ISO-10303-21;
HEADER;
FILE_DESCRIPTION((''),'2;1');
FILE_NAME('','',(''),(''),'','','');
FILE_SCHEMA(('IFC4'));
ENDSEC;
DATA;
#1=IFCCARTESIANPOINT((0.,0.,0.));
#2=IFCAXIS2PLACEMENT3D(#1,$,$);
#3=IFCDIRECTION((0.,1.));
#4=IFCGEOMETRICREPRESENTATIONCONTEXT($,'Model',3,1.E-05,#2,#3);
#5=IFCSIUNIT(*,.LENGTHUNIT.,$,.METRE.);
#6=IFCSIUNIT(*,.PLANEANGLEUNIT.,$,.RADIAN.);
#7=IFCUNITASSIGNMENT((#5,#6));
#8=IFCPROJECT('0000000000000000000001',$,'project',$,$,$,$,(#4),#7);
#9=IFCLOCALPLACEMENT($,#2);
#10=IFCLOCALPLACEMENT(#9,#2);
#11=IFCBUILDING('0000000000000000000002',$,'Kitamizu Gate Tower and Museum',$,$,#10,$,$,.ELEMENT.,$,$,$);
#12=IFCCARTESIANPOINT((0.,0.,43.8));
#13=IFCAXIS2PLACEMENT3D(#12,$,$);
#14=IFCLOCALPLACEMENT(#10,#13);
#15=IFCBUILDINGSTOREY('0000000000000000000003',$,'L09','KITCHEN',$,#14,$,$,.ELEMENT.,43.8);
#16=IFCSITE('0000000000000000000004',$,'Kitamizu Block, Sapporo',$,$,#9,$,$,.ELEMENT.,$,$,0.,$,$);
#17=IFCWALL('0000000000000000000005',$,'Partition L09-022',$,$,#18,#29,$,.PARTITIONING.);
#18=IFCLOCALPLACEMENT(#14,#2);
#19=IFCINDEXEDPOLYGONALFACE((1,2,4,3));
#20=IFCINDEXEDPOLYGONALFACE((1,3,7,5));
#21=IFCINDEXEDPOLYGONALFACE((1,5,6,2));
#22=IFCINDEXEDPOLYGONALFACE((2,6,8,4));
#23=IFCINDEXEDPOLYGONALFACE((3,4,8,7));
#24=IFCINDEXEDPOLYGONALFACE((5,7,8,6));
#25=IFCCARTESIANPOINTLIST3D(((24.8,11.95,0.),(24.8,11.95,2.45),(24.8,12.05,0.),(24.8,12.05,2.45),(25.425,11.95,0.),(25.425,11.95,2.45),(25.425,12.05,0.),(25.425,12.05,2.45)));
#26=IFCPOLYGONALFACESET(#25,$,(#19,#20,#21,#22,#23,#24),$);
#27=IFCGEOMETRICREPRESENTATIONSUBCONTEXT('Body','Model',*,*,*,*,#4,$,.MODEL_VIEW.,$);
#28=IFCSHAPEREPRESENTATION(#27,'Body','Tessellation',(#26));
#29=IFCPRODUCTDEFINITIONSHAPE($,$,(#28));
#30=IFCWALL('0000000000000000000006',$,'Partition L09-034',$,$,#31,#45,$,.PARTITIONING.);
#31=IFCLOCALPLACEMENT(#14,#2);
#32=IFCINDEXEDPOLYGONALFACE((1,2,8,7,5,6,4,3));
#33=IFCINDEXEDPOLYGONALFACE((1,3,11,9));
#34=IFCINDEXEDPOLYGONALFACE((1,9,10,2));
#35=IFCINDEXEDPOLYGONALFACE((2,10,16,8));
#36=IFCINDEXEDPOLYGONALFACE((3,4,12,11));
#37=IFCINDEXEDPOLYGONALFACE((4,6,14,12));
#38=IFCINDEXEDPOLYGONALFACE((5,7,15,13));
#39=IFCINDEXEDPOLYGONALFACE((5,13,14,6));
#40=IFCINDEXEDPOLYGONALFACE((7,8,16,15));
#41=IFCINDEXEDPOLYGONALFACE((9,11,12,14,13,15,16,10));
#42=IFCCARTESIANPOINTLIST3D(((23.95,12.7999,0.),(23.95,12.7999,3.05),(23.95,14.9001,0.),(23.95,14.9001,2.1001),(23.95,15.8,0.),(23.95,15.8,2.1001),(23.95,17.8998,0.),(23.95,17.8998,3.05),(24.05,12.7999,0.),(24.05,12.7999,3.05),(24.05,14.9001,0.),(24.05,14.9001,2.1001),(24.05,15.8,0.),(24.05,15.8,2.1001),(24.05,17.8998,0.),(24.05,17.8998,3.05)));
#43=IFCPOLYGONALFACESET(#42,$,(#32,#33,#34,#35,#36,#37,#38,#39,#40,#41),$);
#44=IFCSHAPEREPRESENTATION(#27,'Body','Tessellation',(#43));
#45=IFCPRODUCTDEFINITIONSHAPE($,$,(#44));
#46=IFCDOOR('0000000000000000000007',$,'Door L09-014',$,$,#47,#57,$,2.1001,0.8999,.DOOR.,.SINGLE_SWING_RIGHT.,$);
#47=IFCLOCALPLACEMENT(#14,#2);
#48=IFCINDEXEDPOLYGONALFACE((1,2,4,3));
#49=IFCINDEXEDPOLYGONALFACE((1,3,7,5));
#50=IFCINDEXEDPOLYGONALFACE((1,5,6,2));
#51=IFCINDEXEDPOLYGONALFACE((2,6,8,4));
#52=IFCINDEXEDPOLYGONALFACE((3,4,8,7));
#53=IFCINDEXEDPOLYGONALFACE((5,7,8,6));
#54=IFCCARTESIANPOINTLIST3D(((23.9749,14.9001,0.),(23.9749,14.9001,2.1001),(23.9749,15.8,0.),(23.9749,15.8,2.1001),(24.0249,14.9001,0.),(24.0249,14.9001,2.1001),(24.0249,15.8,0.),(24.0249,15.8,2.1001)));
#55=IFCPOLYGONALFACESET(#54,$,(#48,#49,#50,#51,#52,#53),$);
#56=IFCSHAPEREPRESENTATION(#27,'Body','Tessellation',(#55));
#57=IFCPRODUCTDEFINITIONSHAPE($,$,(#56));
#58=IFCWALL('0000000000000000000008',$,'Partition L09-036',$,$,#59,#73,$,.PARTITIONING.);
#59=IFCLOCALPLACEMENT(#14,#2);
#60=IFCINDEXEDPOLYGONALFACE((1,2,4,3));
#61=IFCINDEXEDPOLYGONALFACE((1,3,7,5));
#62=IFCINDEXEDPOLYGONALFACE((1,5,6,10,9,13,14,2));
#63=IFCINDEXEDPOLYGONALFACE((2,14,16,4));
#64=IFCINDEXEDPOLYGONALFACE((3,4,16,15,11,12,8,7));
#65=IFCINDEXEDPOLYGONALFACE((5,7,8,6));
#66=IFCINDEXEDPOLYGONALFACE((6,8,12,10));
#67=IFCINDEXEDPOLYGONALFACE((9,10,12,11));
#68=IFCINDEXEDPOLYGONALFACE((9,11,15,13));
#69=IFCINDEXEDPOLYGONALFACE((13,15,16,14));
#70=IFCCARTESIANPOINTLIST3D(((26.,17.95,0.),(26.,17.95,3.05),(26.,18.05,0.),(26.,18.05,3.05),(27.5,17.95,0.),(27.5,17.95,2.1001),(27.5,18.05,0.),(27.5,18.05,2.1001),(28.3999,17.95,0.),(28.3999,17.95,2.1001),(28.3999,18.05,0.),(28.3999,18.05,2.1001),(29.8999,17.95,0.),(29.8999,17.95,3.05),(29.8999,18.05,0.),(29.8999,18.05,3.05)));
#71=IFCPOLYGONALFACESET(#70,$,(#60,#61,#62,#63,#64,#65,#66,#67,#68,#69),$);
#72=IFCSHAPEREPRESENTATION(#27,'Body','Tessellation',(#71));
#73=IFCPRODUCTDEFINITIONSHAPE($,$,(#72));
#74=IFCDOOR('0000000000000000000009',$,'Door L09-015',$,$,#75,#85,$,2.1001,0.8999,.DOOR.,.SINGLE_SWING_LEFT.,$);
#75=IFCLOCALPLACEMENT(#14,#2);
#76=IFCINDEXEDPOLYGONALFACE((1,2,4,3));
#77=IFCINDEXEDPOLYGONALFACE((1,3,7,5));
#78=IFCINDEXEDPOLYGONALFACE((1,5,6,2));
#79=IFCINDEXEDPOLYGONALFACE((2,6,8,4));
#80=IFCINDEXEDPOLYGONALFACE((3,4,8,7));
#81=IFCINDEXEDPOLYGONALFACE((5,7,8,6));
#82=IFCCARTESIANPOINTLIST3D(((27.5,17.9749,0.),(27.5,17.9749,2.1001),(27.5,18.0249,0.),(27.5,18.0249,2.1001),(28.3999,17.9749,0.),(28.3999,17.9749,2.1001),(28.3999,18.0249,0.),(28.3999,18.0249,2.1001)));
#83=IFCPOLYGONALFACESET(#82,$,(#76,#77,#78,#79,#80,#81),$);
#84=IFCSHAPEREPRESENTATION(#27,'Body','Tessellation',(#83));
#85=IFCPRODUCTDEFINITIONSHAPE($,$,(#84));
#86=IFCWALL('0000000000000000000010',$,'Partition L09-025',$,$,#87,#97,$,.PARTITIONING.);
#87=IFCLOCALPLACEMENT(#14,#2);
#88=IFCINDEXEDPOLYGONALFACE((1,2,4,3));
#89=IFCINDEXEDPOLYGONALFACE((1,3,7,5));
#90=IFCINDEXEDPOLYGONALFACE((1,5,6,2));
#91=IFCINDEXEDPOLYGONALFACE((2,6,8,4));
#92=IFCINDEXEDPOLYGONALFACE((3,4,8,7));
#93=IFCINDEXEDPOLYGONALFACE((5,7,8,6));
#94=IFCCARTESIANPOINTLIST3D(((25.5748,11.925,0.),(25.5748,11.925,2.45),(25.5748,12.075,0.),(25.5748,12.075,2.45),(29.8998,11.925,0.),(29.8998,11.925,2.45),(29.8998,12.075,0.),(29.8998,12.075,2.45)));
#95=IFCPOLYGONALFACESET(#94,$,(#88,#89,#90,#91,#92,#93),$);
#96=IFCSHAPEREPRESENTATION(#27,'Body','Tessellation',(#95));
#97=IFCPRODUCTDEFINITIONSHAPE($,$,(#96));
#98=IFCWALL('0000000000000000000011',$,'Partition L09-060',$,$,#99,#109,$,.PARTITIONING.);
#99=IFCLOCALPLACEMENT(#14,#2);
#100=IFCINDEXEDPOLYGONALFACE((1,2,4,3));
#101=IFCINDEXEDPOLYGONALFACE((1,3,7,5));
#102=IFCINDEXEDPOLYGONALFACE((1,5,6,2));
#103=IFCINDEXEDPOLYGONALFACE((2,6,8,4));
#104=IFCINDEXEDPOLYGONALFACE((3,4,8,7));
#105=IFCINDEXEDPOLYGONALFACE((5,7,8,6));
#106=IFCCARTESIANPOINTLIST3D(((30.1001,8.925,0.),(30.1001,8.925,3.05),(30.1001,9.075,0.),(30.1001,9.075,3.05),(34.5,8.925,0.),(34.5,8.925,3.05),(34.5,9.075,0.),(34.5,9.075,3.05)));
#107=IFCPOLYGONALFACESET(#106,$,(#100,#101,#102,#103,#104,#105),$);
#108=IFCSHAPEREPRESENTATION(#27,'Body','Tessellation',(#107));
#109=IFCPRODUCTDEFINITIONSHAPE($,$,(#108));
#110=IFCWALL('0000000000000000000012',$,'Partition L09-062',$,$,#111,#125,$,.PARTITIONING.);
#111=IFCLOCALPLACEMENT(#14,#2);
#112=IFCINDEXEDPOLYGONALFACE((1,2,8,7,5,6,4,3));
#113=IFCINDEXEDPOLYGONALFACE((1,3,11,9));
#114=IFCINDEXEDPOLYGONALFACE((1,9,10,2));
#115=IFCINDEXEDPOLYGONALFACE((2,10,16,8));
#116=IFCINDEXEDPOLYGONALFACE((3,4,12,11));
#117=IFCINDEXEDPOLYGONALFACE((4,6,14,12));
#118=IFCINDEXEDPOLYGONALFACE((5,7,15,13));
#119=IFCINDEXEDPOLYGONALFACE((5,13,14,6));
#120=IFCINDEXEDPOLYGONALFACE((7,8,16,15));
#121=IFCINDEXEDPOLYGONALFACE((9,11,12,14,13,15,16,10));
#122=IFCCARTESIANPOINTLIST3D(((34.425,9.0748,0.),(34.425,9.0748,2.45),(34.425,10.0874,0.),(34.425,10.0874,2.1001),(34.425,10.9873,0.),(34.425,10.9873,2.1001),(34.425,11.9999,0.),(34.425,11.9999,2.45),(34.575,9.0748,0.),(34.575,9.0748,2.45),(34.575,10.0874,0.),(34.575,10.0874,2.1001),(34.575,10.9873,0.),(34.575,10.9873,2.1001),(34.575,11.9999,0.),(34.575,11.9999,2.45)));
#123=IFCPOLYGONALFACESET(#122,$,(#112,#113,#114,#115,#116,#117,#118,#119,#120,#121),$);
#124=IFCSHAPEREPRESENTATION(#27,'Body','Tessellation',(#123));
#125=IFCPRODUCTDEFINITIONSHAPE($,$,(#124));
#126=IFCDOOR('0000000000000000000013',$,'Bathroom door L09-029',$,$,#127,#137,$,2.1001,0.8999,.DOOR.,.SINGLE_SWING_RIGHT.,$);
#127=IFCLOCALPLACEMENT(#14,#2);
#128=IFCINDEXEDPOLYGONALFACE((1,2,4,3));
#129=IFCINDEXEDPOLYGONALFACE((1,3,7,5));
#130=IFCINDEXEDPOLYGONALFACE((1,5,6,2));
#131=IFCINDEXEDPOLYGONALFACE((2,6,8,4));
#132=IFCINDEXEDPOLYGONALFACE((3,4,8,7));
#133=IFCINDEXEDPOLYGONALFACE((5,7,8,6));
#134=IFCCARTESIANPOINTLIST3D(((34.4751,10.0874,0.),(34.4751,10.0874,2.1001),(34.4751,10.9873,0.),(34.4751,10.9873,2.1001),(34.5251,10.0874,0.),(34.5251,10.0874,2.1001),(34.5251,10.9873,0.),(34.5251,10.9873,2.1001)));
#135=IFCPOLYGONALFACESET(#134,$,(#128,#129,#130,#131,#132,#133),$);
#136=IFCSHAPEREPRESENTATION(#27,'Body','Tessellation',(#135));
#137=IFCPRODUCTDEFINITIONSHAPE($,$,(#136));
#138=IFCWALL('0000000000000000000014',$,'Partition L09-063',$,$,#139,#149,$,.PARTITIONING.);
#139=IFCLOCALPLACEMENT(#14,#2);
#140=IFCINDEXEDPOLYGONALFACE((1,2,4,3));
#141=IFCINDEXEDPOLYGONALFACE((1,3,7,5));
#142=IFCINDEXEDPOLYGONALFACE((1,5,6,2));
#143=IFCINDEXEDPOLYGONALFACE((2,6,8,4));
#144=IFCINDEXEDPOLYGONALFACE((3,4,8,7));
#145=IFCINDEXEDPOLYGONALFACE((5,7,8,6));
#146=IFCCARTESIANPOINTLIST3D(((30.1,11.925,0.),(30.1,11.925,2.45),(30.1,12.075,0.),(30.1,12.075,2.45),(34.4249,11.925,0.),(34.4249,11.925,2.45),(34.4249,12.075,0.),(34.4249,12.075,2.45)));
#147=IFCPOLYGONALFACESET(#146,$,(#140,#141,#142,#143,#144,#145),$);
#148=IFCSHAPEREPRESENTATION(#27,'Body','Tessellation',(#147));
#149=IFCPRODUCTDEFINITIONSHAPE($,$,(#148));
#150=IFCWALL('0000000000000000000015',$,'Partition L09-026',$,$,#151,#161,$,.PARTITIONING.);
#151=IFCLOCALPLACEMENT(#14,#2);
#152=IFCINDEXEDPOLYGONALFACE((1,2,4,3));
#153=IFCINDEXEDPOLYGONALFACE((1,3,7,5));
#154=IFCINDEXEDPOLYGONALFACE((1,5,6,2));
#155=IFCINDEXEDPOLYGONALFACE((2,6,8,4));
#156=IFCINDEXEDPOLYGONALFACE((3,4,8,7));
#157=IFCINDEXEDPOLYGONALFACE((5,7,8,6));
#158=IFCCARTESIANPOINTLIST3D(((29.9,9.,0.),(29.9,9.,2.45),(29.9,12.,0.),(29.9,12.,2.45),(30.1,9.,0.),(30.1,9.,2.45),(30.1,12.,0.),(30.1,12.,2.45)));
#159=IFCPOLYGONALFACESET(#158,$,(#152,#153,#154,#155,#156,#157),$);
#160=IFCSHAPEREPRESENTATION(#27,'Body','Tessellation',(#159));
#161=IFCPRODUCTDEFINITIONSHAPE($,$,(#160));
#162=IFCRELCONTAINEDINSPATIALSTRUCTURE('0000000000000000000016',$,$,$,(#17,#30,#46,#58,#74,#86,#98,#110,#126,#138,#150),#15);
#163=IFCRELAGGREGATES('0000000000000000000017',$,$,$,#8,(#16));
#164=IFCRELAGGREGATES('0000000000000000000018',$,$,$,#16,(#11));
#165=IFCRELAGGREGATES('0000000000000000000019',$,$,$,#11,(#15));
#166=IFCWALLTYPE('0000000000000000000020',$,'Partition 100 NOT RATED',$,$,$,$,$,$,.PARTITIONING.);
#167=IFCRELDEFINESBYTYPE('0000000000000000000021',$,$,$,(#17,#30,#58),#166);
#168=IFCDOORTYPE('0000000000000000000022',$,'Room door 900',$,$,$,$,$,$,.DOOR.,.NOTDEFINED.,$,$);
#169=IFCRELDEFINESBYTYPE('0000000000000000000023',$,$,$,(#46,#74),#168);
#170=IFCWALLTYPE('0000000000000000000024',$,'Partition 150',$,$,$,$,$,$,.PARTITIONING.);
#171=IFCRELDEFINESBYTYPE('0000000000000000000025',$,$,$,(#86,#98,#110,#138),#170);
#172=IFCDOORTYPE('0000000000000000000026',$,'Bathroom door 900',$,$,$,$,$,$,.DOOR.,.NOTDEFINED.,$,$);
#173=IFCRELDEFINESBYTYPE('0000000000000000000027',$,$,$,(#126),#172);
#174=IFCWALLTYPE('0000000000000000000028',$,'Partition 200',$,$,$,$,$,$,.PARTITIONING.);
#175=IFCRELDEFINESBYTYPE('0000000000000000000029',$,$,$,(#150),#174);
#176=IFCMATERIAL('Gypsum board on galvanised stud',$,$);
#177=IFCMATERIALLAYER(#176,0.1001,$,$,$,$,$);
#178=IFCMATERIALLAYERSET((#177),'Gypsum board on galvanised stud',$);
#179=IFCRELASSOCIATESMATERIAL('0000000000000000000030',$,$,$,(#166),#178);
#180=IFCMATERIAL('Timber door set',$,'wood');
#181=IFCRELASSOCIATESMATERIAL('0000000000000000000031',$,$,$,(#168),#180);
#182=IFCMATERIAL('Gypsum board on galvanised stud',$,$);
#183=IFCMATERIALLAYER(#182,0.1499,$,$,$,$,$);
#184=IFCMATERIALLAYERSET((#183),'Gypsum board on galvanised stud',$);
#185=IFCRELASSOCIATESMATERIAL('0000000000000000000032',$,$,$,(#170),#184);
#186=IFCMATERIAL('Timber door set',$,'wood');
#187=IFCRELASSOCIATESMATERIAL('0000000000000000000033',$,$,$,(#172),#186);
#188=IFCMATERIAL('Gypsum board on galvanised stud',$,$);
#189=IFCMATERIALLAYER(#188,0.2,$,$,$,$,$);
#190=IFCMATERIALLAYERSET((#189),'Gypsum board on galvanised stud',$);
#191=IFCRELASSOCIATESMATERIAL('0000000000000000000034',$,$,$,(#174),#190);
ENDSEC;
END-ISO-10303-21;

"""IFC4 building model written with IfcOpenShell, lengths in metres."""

from ifc_helpers import new_model, si_unit, direction, frame, frame_2d, origin, place, context, subcontext, project, spatial, rectangle, extrude, material, layer, layer_set, type_object, element, fill, save


model = new_model("IFC4")

# Units and contexts
model_context = context("Model", 3, precision=1e-05, world=origin(), true_north=direction((0.0, 1.0)))
body_context = subcontext(model_context, "Body", "Model", "MODEL_VIEW")
ifc_project = project(units=[si_unit("LENGTHUNIT", "METRE"), si_unit("PLANEANGLEUNIT", "RADIAN")], contexts=[model_context])

# Site, building, storey
site_placement = place(None, origin())
site = spatial("IfcSite", under=ifc_project, at=site_placement, Name="Kitamizu Block, Sapporo", CompositionType="ELEMENT", RefElevation=0.0)
building_placement = place(site_placement, origin())
building = spatial("IfcBuilding", under=site, at=building_placement, Name="Kitamizu Gate Tower and Museum", CompositionType="ELEMENT")
storey_placement = place(building_placement, frame((0.0, 0.0, 43.8)))
storey = spatial("IfcBuildingStorey", under=building, at=storey_placement, Name="L09", Description="KITCHEN", CompositionType="ELEMENT", Elevation=43.8)

# Wall
ifc_material_1 = material(Name="Gypsum board on galvanised stud")
ifc_layer_1 = layer(ifc_material_1, 0.1001)
ifc_layer_set_1 = layer_set([ifc_layer_1], Name="Gypsum board on galvanised stud")
wall_type_1 = type_object("IfcWallType", Name="Partition 100 NOT RATED", PredefinedType="PARTITIONING", material=ifc_layer_set_1)
wall_1_placement = place(storey_placement, frame((25.425, 12.0, 0.0), z_axis=(0.0, 0.0, 1.0), x_axis=(-1.0, 0.0, 0.0)))
element("IfcWall", 1, at=wall_1_placement, inside=storey, type_object=wall_type_1, Name="Partition L09-022", PredefinedType="PARTITIONING", context=body_context, shape_type="SweptSolid", body=[
    extrude(rectangle(XDim=0.625, YDim=0.1001, at=frame_2d((0.3125, 0.0))), origin(), (0.0, 0.0, 1.0), 2.45),
])

# Walls, openings, doors
wall_2_placement = place(storey_placement, frame((24.0, 12.8, 0.0), z_axis=(0.0, 0.0, 1.0), x_axis=(0.0, 1.0, 0.0)))
wall_2 = element("IfcWall", 2, at=wall_2_placement, inside=storey, type_object=wall_type_1, Name="Partition L09-034", PredefinedType="PARTITIONING", context=body_context, shape_type="SweptSolid", body=[
    extrude(rectangle(XDim=5.0999, YDim=0.1001, at=frame_2d((2.5498, 0.0))), origin(), (0.0, 0.0, 1.0), 3.05),
])
opening_1_placement = place(wall_2_placement, frame((2.1001, 0.0, 0.0)))
opening_1 = element("IfcOpeningElement", 3, at=opening_1_placement, cuts=wall_2, PredefinedType="OPENING", context=body_context, shape_type="SweptSolid", body=[
    extrude(rectangle(XDim=0.8999, YDim=2.1001, at=frame_2d((0.45, 1.05))), frame((0.0, 0.0601, 0.0), z_axis=(0.0, -1.0, 0.0), x_axis=(1.0, 0.0, 0.0)), (0.0, 0.0, 1.0), 0.1201),
])
ifc_material_2 = material(Name="Timber door set", Category="wood")
door_type_1 = type_object("IfcDoorType", Name="Room door 900", OperationType="NOTDEFINED", PredefinedType="DOOR", material=ifc_material_2)
door_1_placement = place(opening_1_placement, frame((0.8999, 0.0, 0.0), x_axis=(-1.0, 0.0, 0.0)))
door_1 = element("IfcDoor", 4, at=door_1_placement, inside=storey, type_object=door_type_1, Name="Door L09-014", OperationType="SINGLE_SWING_RIGHT", OverallHeight=2.1001, OverallWidth=0.8999, PredefinedType="DOOR", context=body_context, shape_type="SweptSolid", body=[
    extrude(rectangle(XDim=0.8999, YDim=2.1001, at=frame_2d((0.45, 1.05))), frame((0.0, 0.0249, 0.0), z_axis=(0.0, -1.0, 0.0), x_axis=(1.0, 0.0, 0.0)), (0.0, 0.0, 1.0), 0.05),
])
fill(opening_1, door_1)
wall_3_placement = place(storey_placement, frame((29.8999, 18.0, 0.0), z_axis=(0.0, 0.0, 1.0), x_axis=(-1.0, 0.0, 0.0)))
wall_3 = element("IfcWall", 5, at=wall_3_placement, inside=storey, type_object=wall_type_1, Name="Partition L09-036", PredefinedType="PARTITIONING", context=body_context, shape_type="SweptSolid", body=[
    extrude(rectangle(XDim=3.8999, YDim=0.1001, at=frame_2d((1.95, 0.0))), origin(), (0.0, 0.0, 1.0), 3.05),
])
opening_2_placement = place(wall_3_placement, frame((1.5, 0.0, 0.0)))
opening_2 = element("IfcOpeningElement", 6, at=opening_2_placement, cuts=wall_3, PredefinedType="OPENING", context=body_context, shape_type="SweptSolid", body=[
    extrude(rectangle(XDim=0.8999, YDim=2.1001, at=frame_2d((0.45, 1.05))), frame((0.0, 0.0601, 0.0), z_axis=(0.0, -1.0, 0.0), x_axis=(1.0, 0.0, 0.0)), (0.0, 0.0, 1.0), 0.1201),
])
door_2_placement = place(opening_2_placement, frame((0.8999, 0.0, 0.0), x_axis=(-1.0, 0.0, 0.0)))
door_2 = element("IfcDoor", 7, at=door_2_placement, inside=storey, type_object=door_type_1, Name="Door L09-015", OperationType="SINGLE_SWING_LEFT", OverallHeight=2.1001, OverallWidth=0.8999, PredefinedType="DOOR", context=body_context, shape_type="SweptSolid", body=[
    extrude(rectangle(XDim=0.8999, YDim=2.1001, at=frame_2d((0.45, 1.05))), frame((0.0, 0.0249, 0.0), z_axis=(0.0, -1.0, 0.0), x_axis=(1.0, 0.0, 0.0)), (0.0, 0.0, 1.0), 0.05),
])
fill(opening_2, door_2)

# Walls
ifc_material_3 = material(Name="Gypsum board on galvanised stud")
ifc_layer_2 = layer(ifc_material_3, 0.1499)
ifc_layer_set_2 = layer_set([ifc_layer_2], Name="Gypsum board on galvanised stud")
wall_type_2 = type_object("IfcWallType", Name="Partition 150", PredefinedType="PARTITIONING", material=ifc_layer_set_2)
wall_4_placement = place(storey_placement, frame((29.8999, 12.0, 0.0), z_axis=(0.0, 0.0, 1.0), x_axis=(-1.0, 0.0, 0.0)))
element("IfcWall", 8, at=wall_4_placement, inside=storey, type_object=wall_type_2, Name="Partition L09-025", PredefinedType="PARTITIONING", context=body_context, shape_type="SweptSolid", body=[
    extrude(rectangle(XDim=4.325, YDim=0.1499, at=frame_2d((2.1626, 0.0))), origin(), (0.0, 0.0, 1.0), 2.45),
])
wall_5_placement = place(storey_placement, frame((34.5, 9.0, 0.0), z_axis=(0.0, 0.0, 1.0), x_axis=(-1.0, 0.0, 0.0)))
element("IfcWall", 9, at=wall_5_placement, inside=storey, type_object=wall_type_2, Name="Partition L09-060", PredefinedType="PARTITIONING", context=body_context, shape_type="SweptSolid", body=[
    extrude(rectangle(XDim=4.3999, YDim=0.1499, at=frame_2d((2.2, 0.0))), origin(), (0.0, 0.0, 1.0), 3.05),
])

# Wall, opening, door
wall_6_placement = place(storey_placement, frame((34.5, 9.075, 0.0), z_axis=(0.0, 0.0, 1.0), x_axis=(0.0, 1.0, 0.0)))
wall_6 = element("IfcWall", 10, at=wall_6_placement, inside=storey, type_object=wall_type_2, Name="Partition L09-062", PredefinedType="PARTITIONING", context=body_context, shape_type="SweptSolid", body=[
    extrude(rectangle(XDim=2.925, YDim=0.1499, at=frame_2d((1.4624, 0.0))), origin(), (0.0, 0.0, 1.0), 2.45),
])
opening_3_placement = place(wall_6_placement, frame((1.0125, 0.0, 0.0)))
opening_3 = element("IfcOpeningElement", 11, at=opening_3_placement, cuts=wall_6, PredefinedType="OPENING", context=body_context, shape_type="SweptSolid", body=[
    extrude(rectangle(XDim=0.8999, YDim=2.1001, at=frame_2d((0.45, 1.05))), frame((0.0, 0.085, 0.0), z_axis=(0.0, -1.0, 0.0), x_axis=(1.0, 0.0, 0.0)), (0.0, 0.0, 1.0), 0.1699),
])
ifc_material_4 = material(Name="Timber door set", Category="wood")
door_type_2 = type_object("IfcDoorType", Name="Bathroom door 900", OperationType="NOTDEFINED", PredefinedType="DOOR", material=ifc_material_4)
door_3_placement = place(opening_3_placement, origin())
door_3 = element("IfcDoor", 12, at=door_3_placement, inside=storey, type_object=door_type_2, Name="Bathroom door L09-029", OperationType="SINGLE_SWING_RIGHT", OverallHeight=2.1001, OverallWidth=0.8999, PredefinedType="DOOR", context=body_context, shape_type="SweptSolid", body=[
    extrude(rectangle(XDim=0.8999, YDim=2.1001, at=frame_2d((0.45, 1.05))), frame((0.0, 0.0249, 0.0), z_axis=(0.0, -1.0, 0.0), x_axis=(1.0, 0.0, 0.0)), (0.0, 0.0, 1.0), 0.05),
])
fill(opening_3, door_3)

# Walls
wall_7_placement = place(storey_placement, frame((34.425, 12.0, 0.0), z_axis=(0.0, 0.0, 1.0), x_axis=(-1.0, 0.0, 0.0)))
element("IfcWall", 13, at=wall_7_placement, inside=storey, type_object=wall_type_2, Name="Partition L09-063", PredefinedType="PARTITIONING", context=body_context, shape_type="SweptSolid", body=[
    extrude(rectangle(XDim=4.325, YDim=0.1499, at=frame_2d((2.1626, 0.0))), origin(), (0.0, 0.0, 1.0), 2.45),
])
ifc_material_5 = material(Name="Gypsum board on galvanised stud")
ifc_layer_3 = layer(ifc_material_5, 0.2)
ifc_layer_set_3 = layer_set([ifc_layer_3], Name="Gypsum board on galvanised stud")
wall_type_3 = type_object("IfcWallType", Name="Partition 200", PredefinedType="PARTITIONING", material=ifc_layer_set_3)
wall_8_placement = place(storey_placement, frame((30.0, 9.0, 0.0), z_axis=(0.0, 0.0, 1.0), x_axis=(0.0, 1.0, 0.0)))
element("IfcWall", 14, at=wall_8_placement, inside=storey, type_object=wall_type_3, Name="Partition L09-026", PredefinedType="PARTITIONING", context=body_context, shape_type="SweptSolid", body=[
    extrude(rectangle(XDim=3.0, YDim=0.2, at=frame_2d((1.5, 0.0))), origin(), (0.0, 0.0, 1.0), 2.45),
])

save(model, "model.ifc")
